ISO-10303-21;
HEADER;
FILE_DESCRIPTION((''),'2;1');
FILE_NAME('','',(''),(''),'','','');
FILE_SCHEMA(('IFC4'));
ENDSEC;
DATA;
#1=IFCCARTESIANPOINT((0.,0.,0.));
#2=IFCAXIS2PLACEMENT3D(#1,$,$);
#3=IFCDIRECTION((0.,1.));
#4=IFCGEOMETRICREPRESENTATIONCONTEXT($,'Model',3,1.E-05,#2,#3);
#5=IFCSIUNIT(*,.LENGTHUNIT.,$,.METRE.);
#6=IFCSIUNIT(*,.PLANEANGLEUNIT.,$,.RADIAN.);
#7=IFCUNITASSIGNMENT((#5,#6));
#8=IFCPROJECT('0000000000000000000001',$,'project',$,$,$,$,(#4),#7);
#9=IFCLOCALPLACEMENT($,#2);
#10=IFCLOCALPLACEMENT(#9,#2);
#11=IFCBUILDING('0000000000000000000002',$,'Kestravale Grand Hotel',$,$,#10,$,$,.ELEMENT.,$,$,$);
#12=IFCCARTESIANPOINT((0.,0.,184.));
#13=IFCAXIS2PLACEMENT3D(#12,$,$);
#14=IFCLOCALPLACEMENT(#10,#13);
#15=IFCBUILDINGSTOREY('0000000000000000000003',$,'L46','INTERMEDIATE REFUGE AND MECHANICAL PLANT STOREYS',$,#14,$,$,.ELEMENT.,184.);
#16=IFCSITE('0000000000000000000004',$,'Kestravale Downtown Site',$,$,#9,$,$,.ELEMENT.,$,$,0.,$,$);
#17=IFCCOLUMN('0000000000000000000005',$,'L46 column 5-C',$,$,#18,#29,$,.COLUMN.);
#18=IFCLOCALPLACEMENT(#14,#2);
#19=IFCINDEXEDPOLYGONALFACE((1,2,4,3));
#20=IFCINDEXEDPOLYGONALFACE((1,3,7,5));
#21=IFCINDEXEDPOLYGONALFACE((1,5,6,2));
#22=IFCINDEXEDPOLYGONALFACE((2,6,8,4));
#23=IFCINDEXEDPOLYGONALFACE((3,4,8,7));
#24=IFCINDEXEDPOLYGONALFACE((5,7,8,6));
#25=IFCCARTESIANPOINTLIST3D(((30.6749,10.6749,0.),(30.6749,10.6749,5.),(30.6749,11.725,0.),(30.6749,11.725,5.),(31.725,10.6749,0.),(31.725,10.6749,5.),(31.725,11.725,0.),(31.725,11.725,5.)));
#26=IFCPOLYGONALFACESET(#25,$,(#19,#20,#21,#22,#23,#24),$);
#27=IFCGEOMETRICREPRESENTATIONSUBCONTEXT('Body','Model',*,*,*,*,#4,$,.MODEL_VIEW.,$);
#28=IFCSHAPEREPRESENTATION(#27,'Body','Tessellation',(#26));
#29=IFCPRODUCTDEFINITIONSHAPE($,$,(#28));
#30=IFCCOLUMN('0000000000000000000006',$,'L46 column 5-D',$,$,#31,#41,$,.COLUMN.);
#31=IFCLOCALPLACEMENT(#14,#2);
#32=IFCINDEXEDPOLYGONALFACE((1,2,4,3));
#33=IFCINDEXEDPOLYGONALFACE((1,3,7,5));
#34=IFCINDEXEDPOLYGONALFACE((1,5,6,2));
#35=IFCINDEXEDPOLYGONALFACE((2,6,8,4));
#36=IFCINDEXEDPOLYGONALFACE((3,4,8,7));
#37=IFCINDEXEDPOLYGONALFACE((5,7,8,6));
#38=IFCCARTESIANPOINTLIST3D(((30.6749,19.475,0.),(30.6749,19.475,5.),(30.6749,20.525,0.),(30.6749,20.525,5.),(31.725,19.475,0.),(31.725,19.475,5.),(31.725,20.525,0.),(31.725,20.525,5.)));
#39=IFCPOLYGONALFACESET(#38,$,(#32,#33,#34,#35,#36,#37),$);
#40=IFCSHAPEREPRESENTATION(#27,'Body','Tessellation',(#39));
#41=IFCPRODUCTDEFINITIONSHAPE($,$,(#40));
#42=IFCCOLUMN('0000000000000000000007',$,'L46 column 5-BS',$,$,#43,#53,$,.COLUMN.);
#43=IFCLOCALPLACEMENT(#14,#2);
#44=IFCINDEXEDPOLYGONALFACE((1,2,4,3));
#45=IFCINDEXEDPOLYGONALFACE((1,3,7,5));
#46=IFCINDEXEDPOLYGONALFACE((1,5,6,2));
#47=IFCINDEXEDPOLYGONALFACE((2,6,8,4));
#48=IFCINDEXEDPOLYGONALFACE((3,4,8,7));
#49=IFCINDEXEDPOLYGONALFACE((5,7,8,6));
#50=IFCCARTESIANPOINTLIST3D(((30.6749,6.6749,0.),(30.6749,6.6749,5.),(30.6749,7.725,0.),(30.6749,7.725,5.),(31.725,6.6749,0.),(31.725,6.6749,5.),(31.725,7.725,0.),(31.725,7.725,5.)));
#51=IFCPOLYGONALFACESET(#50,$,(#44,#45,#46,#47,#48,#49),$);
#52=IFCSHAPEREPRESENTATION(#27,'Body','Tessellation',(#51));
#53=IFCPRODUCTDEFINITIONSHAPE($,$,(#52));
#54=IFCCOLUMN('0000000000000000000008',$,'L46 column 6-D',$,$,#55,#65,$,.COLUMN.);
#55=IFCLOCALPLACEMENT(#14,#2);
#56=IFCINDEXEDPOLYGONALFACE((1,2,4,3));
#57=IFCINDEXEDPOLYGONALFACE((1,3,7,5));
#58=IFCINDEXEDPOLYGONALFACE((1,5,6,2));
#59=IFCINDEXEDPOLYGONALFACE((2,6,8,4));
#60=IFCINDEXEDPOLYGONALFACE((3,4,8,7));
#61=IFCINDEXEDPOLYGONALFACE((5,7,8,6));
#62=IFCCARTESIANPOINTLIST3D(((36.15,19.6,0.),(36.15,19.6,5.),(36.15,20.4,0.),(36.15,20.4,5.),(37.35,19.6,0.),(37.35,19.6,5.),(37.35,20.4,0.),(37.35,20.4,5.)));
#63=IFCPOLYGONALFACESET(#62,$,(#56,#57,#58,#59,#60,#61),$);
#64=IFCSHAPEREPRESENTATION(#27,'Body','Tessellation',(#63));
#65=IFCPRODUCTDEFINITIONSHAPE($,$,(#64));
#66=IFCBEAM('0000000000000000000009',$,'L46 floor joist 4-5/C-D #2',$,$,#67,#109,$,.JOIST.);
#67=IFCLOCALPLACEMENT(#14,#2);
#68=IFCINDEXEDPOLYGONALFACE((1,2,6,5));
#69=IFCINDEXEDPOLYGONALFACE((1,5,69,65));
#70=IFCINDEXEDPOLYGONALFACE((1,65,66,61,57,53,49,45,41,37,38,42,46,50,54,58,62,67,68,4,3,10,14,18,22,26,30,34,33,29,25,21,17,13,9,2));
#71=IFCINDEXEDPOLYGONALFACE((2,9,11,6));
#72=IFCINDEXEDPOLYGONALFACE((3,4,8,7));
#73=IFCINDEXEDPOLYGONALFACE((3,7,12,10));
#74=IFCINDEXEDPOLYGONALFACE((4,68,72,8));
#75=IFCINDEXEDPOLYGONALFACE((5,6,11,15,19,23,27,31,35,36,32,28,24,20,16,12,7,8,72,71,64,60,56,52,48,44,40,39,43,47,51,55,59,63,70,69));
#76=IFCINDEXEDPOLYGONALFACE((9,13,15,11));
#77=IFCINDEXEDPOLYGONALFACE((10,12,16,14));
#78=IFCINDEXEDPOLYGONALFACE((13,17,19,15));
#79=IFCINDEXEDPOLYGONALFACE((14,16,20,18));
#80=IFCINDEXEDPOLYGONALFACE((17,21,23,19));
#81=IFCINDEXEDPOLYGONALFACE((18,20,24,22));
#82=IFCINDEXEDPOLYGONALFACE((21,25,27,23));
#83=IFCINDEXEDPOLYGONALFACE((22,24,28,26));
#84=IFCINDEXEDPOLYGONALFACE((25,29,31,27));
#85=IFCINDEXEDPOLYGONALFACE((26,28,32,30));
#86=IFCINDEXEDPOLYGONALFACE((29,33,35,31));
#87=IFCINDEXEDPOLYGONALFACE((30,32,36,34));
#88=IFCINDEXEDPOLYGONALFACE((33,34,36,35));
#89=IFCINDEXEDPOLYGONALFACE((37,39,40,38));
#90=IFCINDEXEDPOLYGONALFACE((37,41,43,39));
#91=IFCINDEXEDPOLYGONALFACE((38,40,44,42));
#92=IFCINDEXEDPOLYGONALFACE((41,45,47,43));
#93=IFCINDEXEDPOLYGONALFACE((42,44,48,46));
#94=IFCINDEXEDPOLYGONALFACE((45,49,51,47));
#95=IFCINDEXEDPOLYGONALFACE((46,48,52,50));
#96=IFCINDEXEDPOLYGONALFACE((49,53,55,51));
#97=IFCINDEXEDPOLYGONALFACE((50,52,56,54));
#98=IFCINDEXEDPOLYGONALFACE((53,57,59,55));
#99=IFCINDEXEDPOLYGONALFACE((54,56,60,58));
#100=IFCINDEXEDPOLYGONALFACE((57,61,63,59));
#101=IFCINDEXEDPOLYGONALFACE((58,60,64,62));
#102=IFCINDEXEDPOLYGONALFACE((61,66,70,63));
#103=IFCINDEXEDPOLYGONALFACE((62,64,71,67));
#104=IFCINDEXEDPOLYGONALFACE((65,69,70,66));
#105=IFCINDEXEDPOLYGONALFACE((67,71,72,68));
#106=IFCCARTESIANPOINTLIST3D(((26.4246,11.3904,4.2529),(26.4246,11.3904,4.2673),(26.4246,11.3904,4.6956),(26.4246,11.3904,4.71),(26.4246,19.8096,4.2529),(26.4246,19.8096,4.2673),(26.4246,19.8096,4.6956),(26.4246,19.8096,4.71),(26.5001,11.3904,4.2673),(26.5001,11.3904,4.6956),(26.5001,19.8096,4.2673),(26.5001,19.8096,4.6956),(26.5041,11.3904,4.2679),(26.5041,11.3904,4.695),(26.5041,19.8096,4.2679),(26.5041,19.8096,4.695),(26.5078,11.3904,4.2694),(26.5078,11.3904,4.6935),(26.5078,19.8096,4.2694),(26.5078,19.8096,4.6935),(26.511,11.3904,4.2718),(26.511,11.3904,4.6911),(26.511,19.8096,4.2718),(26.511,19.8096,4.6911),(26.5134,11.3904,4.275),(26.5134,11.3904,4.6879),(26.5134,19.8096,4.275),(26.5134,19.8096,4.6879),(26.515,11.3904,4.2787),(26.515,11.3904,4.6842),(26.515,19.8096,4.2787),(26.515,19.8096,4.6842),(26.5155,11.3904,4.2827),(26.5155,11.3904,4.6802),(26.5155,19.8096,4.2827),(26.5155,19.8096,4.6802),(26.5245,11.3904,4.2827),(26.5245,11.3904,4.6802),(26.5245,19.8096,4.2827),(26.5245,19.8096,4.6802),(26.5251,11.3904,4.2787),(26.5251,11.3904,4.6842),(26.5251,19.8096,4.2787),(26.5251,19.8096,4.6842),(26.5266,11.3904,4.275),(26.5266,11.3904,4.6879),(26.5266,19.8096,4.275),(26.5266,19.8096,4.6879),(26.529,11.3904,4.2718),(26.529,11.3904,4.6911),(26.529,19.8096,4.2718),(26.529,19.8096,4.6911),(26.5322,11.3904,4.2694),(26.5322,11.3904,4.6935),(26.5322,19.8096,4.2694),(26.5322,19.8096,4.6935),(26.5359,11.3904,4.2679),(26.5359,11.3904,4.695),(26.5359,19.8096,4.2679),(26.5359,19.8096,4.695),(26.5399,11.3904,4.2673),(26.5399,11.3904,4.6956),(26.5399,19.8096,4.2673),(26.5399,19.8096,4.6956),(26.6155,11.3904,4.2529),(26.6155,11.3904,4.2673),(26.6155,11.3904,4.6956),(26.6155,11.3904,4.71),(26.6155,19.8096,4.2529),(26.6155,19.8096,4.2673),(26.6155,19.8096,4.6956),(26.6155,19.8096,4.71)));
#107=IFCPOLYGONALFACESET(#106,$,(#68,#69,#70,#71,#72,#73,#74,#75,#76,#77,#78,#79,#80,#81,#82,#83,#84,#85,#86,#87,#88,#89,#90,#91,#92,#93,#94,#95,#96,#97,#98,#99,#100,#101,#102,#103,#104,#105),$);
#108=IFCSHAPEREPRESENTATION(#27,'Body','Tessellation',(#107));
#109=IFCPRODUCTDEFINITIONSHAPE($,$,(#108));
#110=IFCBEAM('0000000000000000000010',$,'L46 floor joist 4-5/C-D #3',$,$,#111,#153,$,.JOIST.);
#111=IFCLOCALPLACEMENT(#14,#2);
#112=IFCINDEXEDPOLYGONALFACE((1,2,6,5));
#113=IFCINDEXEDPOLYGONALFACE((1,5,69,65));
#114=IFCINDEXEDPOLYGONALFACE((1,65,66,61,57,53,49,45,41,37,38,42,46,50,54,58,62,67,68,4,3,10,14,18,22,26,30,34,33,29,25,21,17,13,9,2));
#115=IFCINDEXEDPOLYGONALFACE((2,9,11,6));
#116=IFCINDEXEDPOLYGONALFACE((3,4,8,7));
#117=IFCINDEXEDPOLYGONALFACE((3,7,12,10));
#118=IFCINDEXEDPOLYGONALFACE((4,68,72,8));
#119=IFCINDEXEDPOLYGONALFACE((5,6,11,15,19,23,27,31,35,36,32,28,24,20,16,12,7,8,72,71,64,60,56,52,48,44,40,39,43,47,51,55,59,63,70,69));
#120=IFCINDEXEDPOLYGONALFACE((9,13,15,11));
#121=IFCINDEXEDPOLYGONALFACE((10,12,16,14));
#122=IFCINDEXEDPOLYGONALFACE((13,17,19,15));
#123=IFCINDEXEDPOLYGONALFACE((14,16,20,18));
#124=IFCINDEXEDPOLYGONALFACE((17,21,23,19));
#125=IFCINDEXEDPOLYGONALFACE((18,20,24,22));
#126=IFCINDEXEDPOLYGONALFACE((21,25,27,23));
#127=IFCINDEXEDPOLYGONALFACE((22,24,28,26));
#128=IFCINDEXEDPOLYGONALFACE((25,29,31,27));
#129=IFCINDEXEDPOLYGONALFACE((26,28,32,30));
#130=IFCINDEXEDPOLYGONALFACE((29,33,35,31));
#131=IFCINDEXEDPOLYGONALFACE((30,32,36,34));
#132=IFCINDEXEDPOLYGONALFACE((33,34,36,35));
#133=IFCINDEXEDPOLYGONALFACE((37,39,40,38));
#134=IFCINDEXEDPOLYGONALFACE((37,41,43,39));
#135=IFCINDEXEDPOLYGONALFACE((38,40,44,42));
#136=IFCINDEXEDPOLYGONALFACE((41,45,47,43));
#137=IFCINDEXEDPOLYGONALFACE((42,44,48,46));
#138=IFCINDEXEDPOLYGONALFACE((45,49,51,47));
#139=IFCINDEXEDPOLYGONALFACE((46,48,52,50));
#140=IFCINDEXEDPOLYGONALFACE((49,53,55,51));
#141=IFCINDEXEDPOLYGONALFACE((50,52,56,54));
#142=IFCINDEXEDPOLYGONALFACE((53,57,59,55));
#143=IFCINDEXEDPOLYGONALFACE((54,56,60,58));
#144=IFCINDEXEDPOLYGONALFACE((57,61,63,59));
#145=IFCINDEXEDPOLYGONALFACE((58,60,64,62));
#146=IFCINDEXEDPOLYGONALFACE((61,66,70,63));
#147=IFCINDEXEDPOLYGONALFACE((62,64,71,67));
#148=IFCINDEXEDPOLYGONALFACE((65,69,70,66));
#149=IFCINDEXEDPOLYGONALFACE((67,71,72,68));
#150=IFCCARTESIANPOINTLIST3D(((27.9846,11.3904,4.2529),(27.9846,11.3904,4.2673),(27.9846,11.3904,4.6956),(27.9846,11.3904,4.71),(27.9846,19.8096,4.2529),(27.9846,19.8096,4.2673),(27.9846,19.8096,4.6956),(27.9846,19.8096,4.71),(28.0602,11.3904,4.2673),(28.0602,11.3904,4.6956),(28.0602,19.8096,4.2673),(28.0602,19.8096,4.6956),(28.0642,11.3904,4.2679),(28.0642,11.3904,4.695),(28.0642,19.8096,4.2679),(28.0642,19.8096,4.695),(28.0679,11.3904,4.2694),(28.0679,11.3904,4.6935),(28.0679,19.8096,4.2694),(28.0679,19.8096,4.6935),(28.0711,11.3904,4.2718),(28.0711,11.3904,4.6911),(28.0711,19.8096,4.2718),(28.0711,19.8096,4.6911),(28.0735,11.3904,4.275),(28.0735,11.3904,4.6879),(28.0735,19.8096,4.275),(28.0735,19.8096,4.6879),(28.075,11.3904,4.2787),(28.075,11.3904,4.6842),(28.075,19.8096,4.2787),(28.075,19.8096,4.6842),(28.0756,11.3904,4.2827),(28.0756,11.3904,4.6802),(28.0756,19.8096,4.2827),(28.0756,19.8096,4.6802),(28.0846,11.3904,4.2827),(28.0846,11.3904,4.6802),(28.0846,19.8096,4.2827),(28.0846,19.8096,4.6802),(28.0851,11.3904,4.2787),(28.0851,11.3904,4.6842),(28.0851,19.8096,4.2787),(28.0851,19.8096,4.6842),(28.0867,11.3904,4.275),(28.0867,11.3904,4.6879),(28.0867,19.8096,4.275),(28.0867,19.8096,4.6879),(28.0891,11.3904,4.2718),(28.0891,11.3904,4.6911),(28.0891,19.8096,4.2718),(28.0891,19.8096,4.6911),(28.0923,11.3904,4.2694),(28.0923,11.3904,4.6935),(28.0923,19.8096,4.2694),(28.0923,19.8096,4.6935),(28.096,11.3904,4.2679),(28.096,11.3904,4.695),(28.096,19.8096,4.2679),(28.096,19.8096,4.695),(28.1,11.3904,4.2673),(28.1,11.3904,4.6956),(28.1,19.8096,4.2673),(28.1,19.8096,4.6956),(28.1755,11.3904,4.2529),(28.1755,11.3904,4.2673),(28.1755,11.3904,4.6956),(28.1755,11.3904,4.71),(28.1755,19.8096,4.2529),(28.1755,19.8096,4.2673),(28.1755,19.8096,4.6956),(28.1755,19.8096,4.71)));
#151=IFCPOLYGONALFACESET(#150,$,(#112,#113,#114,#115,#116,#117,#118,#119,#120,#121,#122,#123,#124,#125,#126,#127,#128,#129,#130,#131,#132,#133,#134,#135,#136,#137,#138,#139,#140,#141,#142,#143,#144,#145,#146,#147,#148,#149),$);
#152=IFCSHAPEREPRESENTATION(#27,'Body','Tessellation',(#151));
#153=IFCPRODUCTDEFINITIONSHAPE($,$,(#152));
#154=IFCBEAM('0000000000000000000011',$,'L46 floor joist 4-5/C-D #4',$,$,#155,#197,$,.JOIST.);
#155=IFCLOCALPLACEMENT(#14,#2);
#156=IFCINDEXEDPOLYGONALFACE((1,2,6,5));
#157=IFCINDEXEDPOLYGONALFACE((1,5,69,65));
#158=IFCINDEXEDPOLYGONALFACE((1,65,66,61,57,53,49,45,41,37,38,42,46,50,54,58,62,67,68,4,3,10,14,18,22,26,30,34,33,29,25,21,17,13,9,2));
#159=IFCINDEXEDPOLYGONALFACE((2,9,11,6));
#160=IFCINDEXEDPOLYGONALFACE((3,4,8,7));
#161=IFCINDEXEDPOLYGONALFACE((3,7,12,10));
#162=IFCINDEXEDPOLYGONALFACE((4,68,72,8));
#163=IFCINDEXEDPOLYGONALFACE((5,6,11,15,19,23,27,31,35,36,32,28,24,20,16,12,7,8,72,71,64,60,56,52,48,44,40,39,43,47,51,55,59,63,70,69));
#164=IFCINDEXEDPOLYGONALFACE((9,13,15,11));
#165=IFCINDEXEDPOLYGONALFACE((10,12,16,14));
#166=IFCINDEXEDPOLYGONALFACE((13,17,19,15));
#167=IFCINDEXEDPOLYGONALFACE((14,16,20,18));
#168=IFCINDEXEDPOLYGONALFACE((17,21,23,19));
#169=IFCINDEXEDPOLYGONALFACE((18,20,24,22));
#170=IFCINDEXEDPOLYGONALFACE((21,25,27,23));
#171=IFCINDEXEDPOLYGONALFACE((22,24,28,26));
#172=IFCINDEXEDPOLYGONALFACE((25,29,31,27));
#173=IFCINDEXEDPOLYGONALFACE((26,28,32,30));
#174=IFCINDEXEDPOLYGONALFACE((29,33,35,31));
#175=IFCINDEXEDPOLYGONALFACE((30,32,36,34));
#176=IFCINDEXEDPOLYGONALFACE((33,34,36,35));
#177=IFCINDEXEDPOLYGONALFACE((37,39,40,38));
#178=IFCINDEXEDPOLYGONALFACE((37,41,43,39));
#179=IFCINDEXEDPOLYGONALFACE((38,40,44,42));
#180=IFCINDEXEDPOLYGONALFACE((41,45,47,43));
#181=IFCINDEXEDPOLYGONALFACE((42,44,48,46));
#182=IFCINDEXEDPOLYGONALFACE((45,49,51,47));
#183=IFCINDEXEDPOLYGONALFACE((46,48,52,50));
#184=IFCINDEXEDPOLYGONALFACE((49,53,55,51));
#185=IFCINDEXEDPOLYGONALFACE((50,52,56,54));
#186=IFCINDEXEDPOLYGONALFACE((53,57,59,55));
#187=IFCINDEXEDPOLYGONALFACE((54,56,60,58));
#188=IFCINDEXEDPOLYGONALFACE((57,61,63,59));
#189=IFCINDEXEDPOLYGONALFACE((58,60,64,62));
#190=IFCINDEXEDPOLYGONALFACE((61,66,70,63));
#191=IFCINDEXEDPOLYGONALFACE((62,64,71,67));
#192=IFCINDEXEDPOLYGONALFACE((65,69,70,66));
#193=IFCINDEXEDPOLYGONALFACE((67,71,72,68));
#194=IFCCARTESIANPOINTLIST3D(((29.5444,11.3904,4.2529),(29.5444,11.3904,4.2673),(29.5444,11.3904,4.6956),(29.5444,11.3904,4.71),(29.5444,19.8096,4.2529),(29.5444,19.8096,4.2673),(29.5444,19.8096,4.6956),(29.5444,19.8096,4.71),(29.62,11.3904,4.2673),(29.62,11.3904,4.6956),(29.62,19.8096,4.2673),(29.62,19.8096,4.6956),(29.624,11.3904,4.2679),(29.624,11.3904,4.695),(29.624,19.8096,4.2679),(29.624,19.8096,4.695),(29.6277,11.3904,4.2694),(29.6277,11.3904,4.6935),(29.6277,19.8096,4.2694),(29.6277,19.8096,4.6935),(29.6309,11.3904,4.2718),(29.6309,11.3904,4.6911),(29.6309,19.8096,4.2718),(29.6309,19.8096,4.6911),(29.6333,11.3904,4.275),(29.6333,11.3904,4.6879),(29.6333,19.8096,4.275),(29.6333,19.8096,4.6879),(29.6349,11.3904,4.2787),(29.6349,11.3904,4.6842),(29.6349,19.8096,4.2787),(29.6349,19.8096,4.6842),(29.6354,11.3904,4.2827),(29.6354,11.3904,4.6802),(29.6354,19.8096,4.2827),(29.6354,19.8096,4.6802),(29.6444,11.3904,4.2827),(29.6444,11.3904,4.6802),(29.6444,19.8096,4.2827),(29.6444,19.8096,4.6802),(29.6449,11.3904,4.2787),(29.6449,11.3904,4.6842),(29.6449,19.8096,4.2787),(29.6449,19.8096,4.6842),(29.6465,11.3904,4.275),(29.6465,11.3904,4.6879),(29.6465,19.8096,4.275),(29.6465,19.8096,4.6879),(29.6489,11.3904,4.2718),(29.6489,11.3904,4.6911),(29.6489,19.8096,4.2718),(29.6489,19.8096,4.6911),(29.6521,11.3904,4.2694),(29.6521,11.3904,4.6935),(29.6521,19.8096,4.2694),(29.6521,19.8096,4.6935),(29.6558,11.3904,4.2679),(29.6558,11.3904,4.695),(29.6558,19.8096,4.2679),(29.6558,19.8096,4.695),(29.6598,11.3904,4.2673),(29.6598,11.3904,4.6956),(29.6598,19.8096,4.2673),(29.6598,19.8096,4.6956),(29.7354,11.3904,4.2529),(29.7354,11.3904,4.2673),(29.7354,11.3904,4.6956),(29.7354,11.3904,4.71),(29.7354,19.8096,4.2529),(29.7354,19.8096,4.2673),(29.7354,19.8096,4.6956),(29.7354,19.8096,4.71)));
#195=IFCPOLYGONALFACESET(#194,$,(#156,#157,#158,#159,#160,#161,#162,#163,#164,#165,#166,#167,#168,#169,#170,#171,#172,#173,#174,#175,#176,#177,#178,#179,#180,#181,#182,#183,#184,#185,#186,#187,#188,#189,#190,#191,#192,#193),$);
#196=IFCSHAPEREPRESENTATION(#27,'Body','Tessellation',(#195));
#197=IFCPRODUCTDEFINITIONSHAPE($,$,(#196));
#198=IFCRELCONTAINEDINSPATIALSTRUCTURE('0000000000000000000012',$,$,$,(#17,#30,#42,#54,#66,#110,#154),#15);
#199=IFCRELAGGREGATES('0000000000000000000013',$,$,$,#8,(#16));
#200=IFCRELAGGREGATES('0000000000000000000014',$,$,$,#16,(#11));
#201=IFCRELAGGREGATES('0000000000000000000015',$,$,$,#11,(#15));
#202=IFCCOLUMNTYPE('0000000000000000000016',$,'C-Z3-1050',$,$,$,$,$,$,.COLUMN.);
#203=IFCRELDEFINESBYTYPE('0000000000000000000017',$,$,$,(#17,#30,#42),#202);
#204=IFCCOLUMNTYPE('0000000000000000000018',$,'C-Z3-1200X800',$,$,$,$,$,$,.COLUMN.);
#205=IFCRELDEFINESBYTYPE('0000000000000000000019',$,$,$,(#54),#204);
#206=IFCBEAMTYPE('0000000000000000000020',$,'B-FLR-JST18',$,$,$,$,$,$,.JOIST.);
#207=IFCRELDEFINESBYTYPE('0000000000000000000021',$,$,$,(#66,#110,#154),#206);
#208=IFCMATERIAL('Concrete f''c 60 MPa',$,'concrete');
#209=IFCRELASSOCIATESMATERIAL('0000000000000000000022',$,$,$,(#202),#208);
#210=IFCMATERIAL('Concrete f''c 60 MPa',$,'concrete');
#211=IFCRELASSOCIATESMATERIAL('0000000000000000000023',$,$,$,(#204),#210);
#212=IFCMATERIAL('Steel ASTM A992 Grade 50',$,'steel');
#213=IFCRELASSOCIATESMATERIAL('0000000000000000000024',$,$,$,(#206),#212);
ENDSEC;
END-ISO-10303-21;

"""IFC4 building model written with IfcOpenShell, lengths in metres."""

from ifc_helpers import new_model, si_unit, direction, frame, origin, origin_2d, place, context, subcontext, project, spatial, rectangle, i_section, extrude, material, material_profile, profile_set, type_object, element, save


model = new_model("IFC4")

# Units and contexts
model_context = context("Model", 3, precision=1e-05, world=origin(), true_north=direction((0.0, 1.0)))
body_context = subcontext(model_context, "Body", "Model", "MODEL_VIEW")
ifc_project = project(units=[si_unit("LENGTHUNIT", "METRE"), si_unit("PLANEANGLEUNIT", "RADIAN")], contexts=[model_context])

# Site, building, storey
site_placement = place(None, origin())
site = spatial("IfcSite", under=ifc_project, at=site_placement, Name="Kestravale Downtown Site", CompositionType="ELEMENT", RefElevation=0.0)
building_placement = place(site_placement, origin())
building = spatial("IfcBuilding", under=site, at=building_placement, Name="Kestravale Grand Hotel", CompositionType="ELEMENT")
storey_placement = place(building_placement, frame((0.0, 0.0, 184.0)))
storey = spatial("IfcBuildingStorey", under=building, at=storey_placement, Name="L46", Description="INTERMEDIATE REFUGE AND MECHANICAL PLANT STOREYS", CompositionType="ELEMENT", Elevation=184.0)

# Columns
ifc_material_1 = material(Name="Concrete f'c 60 MPa", Category="concrete")
ifc_material_profile_1 = material_profile(ifc_material_1, rectangle(XDim=1.05, YDim=1.05, at=origin_2d()))
ifc_profile_set_1 = profile_set([ifc_material_profile_1], Name="Concrete f'c 60 MPa")
column_type_1 = type_object("IfcColumnType", Name="C-Z3-1050", PredefinedType="COLUMN", material=ifc_profile_set_1)
for number, where, z_axis, x_axis, name in (
    (1, (31.2, 11.2, 0.0), (0.0, 0.0, 1.0), (1.0, 0.0, 0.0), "L46 column 5-C"),
    (2, (31.2, 20.0, 0.0), (0.0, 0.0, 1.0), (1.0, 0.0, 0.0), "L46 column 5-D"),
    (3, (31.2, 7.2, 0.0), (0.0, 0.0, 1.0), (1.0, 0.0, 0.0), "L46 column 5-BS"),
):
    element("IfcColumn", number, at=place(storey_placement, frame(where, z_axis=z_axis, x_axis=x_axis)), inside=storey, type_object=column_type_1, Name=name, PredefinedType="COLUMN", context=body_context, shape_type="SweptSolid", body=[
        extrude(rectangle(XDim=1.05, YDim=1.05, at=origin_2d()), origin(), (0.0, 0.0, 1.0), 5.0),
    ])
ifc_material_2 = material(Name="Concrete f'c 60 MPa", Category="concrete")
ifc_material_profile_2 = material_profile(ifc_material_2, rectangle(XDim=1.2, YDim=0.8, at=origin_2d()))
ifc_profile_set_2 = profile_set([ifc_material_profile_2], Name="Concrete f'c 60 MPa")
column_type_2 = type_object("IfcColumnType", Name="C-Z3-1200X800", PredefinedType="COLUMN", material=ifc_profile_set_2)
column_placement = place(storey_placement, frame((36.75, 20.0, 0.0), z_axis=(0.0, 0.0, 1.0), x_axis=(1.0, 0.0, 0.0)))
element("IfcColumn", 4, at=column_placement, inside=storey, type_object=column_type_2, Name="L46 column 6-D", PredefinedType="COLUMN", context=body_context, shape_type="SweptSolid", body=[
    extrude(rectangle(XDim=1.2, YDim=0.8, at=origin_2d()), origin(), (0.0, 0.0, 1.0), 5.0),
])

# Beams
ifc_material_3 = material(Name="Steel ASTM A992 Grade 50", Category="steel")
ifc_material_profile_3 = material_profile(ifc_material_3, i_section(OverallWidth=0.1909, OverallDepth=0.457, WebThickness=0.009, FlangeThickness=0.0144, FilletRadius=0.0154, at=origin_2d()))
ifc_profile_set_3 = profile_set([ifc_material_profile_3], Name="Steel ASTM A992 Grade 50")
beam_type_1 = type_object("IfcBeamType", Name="B-FLR-JST18", PredefinedType="JOIST", material=ifc_profile_set_3)
for number, where, z_axis, x_axis, name in (
    (5, (26.52, 11.3904, 4.4814), (0.0, 1.0, 0.0), (-1.0, 0.0, 0.0), "L46 floor joist 4-5/C-D #2"),
    (6, (28.0801, 11.3904, 4.4814), (0.0, 1.0, 0.0), (-1.0, 0.0, 0.0), "L46 floor joist 4-5/C-D #3"),
    (7, (29.6399, 11.3904, 4.4814), (0.0, 1.0, 0.0), (-1.0, 0.0, 0.0), "L46 floor joist 4-5/C-D #4"),
):
    element("IfcBeam", number, at=place(storey_placement, frame(where, z_axis=z_axis, x_axis=x_axis)), inside=storey, type_object=beam_type_1, Name=name, PredefinedType="JOIST", context=body_context, shape_type="SweptSolid", body=[
        extrude(i_section(OverallWidth=0.1909, OverallDepth=0.457, WebThickness=0.009, FlangeThickness=0.0144, FilletRadius=0.0154, at=origin_2d()), origin(), (0.0, 0.0, 1.0), 8.4192),
    ])

save(model, "model.ifc")
